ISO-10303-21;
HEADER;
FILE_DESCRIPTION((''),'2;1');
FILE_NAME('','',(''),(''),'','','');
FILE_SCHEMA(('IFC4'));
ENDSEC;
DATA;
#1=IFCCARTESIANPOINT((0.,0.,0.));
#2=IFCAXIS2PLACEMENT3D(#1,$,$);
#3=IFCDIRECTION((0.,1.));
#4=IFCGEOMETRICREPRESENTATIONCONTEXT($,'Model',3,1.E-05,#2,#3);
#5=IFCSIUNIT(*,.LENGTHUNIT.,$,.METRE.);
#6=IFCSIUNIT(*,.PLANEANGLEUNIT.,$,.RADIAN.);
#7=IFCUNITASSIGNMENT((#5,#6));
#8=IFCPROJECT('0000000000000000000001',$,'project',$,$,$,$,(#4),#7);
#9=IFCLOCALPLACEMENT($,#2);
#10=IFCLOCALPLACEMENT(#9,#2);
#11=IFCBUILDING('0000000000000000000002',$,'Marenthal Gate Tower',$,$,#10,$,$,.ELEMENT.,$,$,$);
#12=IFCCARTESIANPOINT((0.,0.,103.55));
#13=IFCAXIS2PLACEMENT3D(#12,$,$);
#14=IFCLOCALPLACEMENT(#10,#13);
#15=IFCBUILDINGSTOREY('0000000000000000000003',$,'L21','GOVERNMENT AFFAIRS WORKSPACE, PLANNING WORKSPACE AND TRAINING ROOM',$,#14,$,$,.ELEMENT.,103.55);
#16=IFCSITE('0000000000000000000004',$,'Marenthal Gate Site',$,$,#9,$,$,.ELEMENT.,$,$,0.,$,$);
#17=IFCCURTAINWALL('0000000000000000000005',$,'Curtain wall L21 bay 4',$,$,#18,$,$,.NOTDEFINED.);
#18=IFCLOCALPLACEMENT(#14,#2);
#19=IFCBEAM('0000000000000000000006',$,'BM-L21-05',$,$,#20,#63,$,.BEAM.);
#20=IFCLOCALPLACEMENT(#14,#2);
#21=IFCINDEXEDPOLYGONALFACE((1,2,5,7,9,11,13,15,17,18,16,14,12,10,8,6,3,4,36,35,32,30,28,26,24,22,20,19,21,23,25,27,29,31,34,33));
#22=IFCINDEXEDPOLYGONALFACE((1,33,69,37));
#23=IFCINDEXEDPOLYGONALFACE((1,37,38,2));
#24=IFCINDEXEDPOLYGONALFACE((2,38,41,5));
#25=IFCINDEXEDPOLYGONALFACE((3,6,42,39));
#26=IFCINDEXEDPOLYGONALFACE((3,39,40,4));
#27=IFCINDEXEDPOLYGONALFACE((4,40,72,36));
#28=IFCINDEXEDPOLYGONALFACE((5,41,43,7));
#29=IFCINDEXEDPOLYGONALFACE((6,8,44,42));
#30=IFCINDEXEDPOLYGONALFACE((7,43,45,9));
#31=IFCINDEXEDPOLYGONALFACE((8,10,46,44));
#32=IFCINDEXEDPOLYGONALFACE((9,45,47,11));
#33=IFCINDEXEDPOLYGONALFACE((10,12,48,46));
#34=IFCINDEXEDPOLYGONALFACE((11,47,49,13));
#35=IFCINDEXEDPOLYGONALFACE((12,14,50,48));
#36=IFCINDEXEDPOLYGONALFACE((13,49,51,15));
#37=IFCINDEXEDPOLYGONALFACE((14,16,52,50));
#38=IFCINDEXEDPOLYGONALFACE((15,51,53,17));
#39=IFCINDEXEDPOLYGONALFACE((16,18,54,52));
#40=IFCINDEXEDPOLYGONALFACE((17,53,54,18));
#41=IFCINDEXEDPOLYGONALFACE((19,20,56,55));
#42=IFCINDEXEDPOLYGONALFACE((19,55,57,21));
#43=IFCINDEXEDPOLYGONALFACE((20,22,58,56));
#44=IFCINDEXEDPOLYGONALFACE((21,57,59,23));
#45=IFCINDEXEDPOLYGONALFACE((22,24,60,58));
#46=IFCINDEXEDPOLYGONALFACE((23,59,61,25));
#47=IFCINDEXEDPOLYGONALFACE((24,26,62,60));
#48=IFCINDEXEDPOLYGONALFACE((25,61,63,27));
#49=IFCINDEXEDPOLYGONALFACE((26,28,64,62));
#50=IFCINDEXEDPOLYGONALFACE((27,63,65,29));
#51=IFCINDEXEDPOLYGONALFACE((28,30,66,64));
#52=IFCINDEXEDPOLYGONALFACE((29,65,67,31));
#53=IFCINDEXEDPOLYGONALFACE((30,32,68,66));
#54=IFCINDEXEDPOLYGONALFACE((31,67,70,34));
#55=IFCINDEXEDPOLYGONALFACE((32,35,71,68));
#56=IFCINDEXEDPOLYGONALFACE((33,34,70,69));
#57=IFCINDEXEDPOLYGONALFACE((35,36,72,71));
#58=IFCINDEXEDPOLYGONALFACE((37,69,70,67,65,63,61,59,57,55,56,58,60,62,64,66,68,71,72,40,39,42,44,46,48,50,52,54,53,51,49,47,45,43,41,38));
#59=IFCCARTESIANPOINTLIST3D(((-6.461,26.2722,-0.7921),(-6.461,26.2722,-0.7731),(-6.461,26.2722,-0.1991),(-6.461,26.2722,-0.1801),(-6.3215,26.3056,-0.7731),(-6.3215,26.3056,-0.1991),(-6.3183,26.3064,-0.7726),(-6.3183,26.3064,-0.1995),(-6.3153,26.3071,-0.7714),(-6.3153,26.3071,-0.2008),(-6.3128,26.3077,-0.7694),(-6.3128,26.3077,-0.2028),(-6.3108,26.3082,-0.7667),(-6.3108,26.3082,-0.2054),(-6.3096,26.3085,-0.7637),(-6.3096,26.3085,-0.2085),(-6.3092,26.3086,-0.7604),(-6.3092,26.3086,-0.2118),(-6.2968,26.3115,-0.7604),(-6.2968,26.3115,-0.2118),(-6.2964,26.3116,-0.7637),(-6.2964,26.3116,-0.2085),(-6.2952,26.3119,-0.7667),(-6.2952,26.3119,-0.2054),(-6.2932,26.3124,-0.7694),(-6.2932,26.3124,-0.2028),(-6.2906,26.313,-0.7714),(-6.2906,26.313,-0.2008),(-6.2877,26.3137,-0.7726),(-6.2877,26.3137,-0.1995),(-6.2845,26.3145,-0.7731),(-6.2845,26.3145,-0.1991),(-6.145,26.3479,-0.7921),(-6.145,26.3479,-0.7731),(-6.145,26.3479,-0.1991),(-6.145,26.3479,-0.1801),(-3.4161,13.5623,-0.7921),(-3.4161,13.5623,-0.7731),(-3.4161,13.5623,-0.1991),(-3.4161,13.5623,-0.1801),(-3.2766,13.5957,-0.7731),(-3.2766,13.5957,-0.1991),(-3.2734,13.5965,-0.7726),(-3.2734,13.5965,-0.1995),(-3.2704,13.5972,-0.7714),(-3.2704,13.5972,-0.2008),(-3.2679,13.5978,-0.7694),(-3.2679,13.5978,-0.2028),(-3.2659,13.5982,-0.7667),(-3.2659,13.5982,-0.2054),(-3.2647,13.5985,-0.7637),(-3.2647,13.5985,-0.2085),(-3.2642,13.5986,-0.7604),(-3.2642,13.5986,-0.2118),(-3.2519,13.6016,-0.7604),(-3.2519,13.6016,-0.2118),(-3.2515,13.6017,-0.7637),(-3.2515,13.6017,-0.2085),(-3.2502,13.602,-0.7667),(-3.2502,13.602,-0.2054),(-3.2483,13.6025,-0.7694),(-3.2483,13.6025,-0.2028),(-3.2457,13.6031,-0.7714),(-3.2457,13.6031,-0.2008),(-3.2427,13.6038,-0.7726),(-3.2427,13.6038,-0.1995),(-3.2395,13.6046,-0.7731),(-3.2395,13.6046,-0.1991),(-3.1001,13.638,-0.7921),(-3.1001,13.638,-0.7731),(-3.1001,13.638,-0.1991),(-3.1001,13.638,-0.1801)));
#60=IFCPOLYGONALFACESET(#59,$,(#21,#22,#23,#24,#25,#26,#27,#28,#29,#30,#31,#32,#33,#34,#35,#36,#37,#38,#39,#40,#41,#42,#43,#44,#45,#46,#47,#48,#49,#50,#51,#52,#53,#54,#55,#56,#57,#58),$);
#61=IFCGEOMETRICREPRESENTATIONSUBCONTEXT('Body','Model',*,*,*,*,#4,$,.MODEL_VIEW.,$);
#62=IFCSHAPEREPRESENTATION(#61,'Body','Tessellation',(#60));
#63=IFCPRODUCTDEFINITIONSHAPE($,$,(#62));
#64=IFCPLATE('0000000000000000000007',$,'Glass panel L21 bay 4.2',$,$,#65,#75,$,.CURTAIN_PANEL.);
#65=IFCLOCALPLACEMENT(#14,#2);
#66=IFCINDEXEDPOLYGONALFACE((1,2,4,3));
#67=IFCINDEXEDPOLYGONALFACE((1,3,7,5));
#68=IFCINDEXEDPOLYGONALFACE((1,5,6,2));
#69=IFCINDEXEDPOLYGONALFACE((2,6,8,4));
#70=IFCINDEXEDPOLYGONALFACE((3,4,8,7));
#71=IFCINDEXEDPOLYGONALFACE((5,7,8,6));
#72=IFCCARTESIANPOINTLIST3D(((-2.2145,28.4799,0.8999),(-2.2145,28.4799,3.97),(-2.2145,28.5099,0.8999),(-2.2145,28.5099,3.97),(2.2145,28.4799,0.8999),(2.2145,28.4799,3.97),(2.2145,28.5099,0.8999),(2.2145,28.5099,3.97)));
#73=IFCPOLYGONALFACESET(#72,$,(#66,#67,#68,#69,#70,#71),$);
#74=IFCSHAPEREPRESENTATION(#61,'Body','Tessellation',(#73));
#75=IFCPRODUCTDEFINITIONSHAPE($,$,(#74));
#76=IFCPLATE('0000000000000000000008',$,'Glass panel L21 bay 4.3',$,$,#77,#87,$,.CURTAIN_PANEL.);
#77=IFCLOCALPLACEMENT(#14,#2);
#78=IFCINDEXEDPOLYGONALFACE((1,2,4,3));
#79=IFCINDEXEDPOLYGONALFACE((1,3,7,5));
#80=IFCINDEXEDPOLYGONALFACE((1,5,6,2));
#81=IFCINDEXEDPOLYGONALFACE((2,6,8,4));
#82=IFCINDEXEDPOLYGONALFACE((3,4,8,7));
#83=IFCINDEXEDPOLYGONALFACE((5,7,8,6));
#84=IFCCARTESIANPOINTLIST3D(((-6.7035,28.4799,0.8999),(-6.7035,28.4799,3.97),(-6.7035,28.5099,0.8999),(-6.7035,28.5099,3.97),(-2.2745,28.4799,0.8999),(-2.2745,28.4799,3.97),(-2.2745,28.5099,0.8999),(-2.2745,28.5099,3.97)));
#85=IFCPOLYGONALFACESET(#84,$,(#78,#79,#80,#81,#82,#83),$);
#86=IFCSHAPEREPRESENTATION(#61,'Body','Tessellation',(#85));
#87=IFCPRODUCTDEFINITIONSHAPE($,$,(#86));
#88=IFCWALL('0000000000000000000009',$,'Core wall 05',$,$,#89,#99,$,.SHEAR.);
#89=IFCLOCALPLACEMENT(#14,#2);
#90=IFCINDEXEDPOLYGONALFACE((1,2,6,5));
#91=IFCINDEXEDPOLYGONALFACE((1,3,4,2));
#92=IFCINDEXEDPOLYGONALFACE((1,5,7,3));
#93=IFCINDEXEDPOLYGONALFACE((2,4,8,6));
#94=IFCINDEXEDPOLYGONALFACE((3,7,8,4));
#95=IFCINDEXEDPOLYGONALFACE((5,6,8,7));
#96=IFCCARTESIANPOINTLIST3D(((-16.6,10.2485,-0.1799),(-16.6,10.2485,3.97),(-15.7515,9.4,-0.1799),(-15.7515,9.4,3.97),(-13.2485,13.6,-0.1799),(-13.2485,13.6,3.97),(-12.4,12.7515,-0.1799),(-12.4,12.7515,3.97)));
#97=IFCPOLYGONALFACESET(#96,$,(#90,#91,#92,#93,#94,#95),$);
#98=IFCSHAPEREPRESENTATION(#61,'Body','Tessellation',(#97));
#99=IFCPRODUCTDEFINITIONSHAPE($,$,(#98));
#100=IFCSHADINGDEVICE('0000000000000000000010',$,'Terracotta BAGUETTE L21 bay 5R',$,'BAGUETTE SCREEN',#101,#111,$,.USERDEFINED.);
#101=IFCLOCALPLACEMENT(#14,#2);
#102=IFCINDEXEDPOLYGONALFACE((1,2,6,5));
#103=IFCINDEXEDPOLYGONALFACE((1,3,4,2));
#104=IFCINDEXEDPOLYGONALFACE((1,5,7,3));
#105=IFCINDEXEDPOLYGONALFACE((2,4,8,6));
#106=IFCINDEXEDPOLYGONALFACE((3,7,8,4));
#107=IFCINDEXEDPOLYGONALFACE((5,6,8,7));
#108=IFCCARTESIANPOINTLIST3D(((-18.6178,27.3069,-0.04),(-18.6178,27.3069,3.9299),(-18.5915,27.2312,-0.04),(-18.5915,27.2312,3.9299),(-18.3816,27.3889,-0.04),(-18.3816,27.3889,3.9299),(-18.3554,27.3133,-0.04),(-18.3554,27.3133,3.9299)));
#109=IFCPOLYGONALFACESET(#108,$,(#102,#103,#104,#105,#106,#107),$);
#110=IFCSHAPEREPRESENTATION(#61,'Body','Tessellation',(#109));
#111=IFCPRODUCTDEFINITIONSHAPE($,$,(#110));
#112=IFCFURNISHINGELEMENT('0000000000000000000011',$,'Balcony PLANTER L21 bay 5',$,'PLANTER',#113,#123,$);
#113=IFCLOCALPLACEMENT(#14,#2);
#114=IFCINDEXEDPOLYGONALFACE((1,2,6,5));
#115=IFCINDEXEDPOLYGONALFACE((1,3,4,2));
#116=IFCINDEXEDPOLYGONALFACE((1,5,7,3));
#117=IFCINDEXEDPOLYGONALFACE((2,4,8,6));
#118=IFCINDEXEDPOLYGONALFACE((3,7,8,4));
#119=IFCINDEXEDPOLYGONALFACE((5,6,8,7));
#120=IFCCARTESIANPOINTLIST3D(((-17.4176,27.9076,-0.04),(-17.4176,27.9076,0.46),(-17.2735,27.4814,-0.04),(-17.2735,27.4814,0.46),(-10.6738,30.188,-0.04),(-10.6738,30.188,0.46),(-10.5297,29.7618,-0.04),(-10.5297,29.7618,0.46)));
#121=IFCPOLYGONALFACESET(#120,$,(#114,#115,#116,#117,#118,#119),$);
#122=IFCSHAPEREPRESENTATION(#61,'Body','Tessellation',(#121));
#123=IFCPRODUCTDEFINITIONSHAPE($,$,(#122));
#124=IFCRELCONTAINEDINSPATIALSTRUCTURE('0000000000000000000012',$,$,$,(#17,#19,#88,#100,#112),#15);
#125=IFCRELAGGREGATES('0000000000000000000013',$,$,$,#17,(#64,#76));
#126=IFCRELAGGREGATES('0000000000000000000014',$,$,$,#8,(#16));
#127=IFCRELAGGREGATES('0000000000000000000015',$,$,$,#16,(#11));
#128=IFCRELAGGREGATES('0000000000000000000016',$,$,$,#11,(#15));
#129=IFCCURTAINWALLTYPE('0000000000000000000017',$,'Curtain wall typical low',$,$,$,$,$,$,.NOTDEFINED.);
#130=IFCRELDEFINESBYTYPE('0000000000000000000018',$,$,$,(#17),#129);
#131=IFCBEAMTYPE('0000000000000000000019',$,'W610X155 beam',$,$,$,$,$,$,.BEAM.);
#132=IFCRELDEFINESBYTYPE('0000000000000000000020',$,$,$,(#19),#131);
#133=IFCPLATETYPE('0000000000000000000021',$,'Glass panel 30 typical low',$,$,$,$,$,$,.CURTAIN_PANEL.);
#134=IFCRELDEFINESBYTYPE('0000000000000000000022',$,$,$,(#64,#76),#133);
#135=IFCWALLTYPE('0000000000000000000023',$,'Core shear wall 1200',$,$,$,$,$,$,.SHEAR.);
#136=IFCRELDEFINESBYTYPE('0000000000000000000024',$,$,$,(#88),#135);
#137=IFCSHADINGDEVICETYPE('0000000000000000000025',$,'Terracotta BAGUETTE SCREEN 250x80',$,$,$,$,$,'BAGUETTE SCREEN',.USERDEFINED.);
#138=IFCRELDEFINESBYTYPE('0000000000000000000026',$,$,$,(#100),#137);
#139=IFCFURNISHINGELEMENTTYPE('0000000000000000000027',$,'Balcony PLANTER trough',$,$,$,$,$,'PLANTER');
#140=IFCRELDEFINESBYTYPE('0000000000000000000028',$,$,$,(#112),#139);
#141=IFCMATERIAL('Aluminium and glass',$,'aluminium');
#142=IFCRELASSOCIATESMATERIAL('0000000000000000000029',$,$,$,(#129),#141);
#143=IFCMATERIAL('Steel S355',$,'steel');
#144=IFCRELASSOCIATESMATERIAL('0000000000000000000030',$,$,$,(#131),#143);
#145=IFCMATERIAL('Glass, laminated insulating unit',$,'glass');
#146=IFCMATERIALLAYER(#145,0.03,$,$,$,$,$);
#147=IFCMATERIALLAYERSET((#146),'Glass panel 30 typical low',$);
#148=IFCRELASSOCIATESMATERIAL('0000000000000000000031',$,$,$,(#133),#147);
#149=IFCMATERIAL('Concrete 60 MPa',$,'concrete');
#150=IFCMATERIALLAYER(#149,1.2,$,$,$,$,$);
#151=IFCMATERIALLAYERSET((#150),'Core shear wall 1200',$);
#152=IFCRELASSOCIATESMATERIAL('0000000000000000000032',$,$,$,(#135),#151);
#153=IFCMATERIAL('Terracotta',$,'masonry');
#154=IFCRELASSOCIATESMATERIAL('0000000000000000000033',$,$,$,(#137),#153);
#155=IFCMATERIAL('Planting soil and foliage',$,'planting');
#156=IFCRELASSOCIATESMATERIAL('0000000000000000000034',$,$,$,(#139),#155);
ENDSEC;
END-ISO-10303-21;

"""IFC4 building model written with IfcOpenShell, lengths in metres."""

from ifc_helpers import new_model, si_unit, direction, frame, frame_2d, origin, origin_2d, place, context, subcontext, project, spatial, rectangle, i_section, extrude, material, layer, layer_set, material_profile, profile_set, type_object, element, aggregate, save


model = new_model("IFC4")

# Units and contexts
model_context = context("Model", 3, precision=1e-05, world=origin(), true_north=direction((0.0, 1.0)))
body_context = subcontext(model_context, "Body", "Model", "MODEL_VIEW")
ifc_project = project(units=[si_unit("LENGTHUNIT", "METRE"), si_unit("PLANEANGLEUNIT", "RADIAN")], contexts=[model_context])

# Site, building, storey
site_placement = place(None, origin())
site = spatial("IfcSite", under=ifc_project, at=site_placement, Name="Marenthal Gate Site", CompositionType="ELEMENT", RefElevation=0.0)
building_placement = place(site_placement, origin())
building = spatial("IfcBuilding", under=site, at=building_placement, Name="Marenthal Gate Tower", CompositionType="ELEMENT")
storey_placement = place(building_placement, frame((0.0, 0.0, 103.55)))
storey = spatial("IfcBuildingStorey", under=building, at=storey_placement, Name="L21", Description="GOVERNMENT AFFAIRS WORKSPACE, PLANNING WORKSPACE AND TRAINING ROOM", CompositionType="ELEMENT", Elevation=103.55)

# Curtain wall
ifc_material_1 = material(Name="Aluminium and glass", Category="aluminium")
curtain_wall_type = type_object("IfcCurtainWallType", Name="Curtain wall typical low", PredefinedType="NOTDEFINED", material=ifc_material_1)
curtain_wall_placement = place(storey_placement, origin())
curtain_wall = element("IfcCurtainWall", 1, at=curtain_wall_placement, inside=storey, type_object=curtain_wall_type, Name="Curtain wall L21 bay 4", PredefinedType="NOTDEFINED")

# Beam
ifc_material_2 = material(Name="Steel S355", Category="steel")
ifc_material_profile_1 = material_profile(ifc_material_2, i_section(OverallWidth=0.325, OverallDepth=0.6121, WebThickness=0.0127, FlangeThickness=0.019, FilletRadius=0.0127, at=origin_2d()), Name="W610X155")
ifc_profile_set_1 = profile_set([ifc_material_profile_1], Name="Steel S355")
beam_type_1 = type_object("IfcBeamType", Name="W610X155 beam", PredefinedType="BEAM", material=ifc_profile_set_1)
beam_1_placement = place(storey_placement, frame((-6.303, 26.3101, -0.4861), z_axis=(0.232977, -0.972482, 0.0), x_axis=(0.972482, 0.232977, 0.0)))
element("IfcBeam", 2, at=beam_1_placement, inside=storey, type_object=beam_type_1, Name="BM-L21-05", PredefinedType="BEAM", context=body_context, shape_type="SweptSolid", body=[
    extrude(i_section(OverallWidth=0.325, OverallDepth=0.6121, WebThickness=0.0127, FlangeThickness=0.019, FilletRadius=0.0127, at=origin_2d()), origin(), (0.0, 0.0, 1.0), 13.0696),
])

# Plates
ifc_material_3 = material(Name="Glass, laminated insulating unit", Category="glass")
ifc_layer_1 = layer(ifc_material_3, 0.03)
ifc_layer_set_1 = layer_set([ifc_layer_1], Name="Glass panel 30 typical low")
plate_type = type_object("IfcPlateType", Name="Glass panel 30 typical low", PredefinedType="CURTAIN_PANEL", material=ifc_layer_set_1)
plate_1_placement = place(storey_placement, frame((0.0, 28.4949, 0.8999), z_axis=(0.0, 0.0, 1.0), x_axis=(-1.0, 0.0, 0.0)))
plate_1 = element("IfcPlate", 3, at=plate_1_placement, type_object=plate_type, Name="Glass panel L21 bay 4.2", PredefinedType="CURTAIN_PANEL", context=body_context, shape_type="SweptSolid", body=[
    extrude(rectangle(XDim=4.429, YDim=0.03, at=origin_2d()), origin(), (0.0, 0.0, 1.0), 3.0701),
])
plate_2_placement = place(storey_placement, frame((-4.489, 28.4949, 0.8999), z_axis=(0.0, 0.0, 1.0), x_axis=(-1.0, 0.0, 0.0)))
plate_2 = element("IfcPlate", 4, at=plate_2_placement, type_object=plate_type, Name="Glass panel L21 bay 4.3", PredefinedType="CURTAIN_PANEL", context=body_context, shape_type="SweptSolid", body=[
    extrude(rectangle(XDim=4.429, YDim=0.03, at=origin_2d()), origin(), (0.0, 0.0, 1.0), 3.0701),
])
aggregate(curtain_wall, [plate_1, plate_2])

# Wall
ifc_material_4 = material(Name="Concrete 60 MPa", Category="concrete")
ifc_layer_2 = layer(ifc_material_4, 1.2)
ifc_layer_set_2 = layer_set([ifc_layer_2], Name="Core shear wall 1200")
wall_type_1 = type_object("IfcWallType", Name="Core shear wall 1200", PredefinedType="SHEAR", material=ifc_layer_set_2)
wall_1_placement = place(storey_placement, frame((-12.8242, 13.1758, -0.1799), z_axis=(0.0, 0.0, 1.0), x_axis=(-0.707107, -0.707107, 0.0)))
element("IfcWall", 5, at=wall_1_placement, inside=storey, type_object=wall_type_1, Name="Core wall 05", PredefinedType="SHEAR", context=body_context, shape_type="SweptSolid", body=[
    extrude(rectangle(XDim=4.7397, YDim=1.2, at=frame_2d((2.3699, 0.0))), origin(), (0.0, 0.0, 1.0), 4.1499),
])

# Shading device
ifc_material_5 = material(Name="Terracotta", Category="masonry")
ifc_material_profile_2 = material_profile(ifc_material_5, rectangle(XDim=0.25, YDim=0.0801, at=origin_2d()), Name="Terracotta baguette 250x80")
ifc_profile_set_2 = profile_set([ifc_material_profile_2], Name="Terracotta")
shading_device_type = type_object("IfcShadingDeviceType", Name="Terracotta BAGUETTE SCREEN 250x80", ElementType="BAGUETTE SCREEN", PredefinedType="USERDEFINED", material=ifc_profile_set_2)
shading_device_placement = place(storey_placement, frame((-18.4866, 27.3101, -0.04), z_axis=(0.0, 0.0, 1.0), x_axis=(-0.944614, -0.328183, 0.0)))
element("IfcShadingDevice", 6, at=shading_device_placement, inside=storey, type_object=shading_device_type, Name="Terracotta BAGUETTE L21 bay 5R", ObjectType="BAGUETTE SCREEN", PredefinedType="USERDEFINED", context=body_context, shape_type="SweptSolid", body=[
    extrude(rectangle(XDim=0.25, YDim=0.0801, at=origin_2d()), origin(), (0.0, 0.0, 1.0), 3.97),
])

# Furnishing element
ifc_material_6 = material(Name="Planting soil and foliage", Category="planting")
furnishing_element_type = type_object("IfcFurnishingElementType", Name="Balcony PLANTER trough", ElementType="PLANTER", material=ifc_material_6)
furnishing_placement = place(storey_placement, frame((-13.9736, 28.8347, -0.04), z_axis=(0.0, 0.0, 1.0), x_axis=(-0.947307, -0.320328, 0.0)))
element("IfcFurnishingElement", 7, at=furnishing_placement, inside=storey, type_object=furnishing_element_type, Name="Balcony PLANTER L21 bay 5", ObjectType="PLANTER", context=body_context, shape_type="SweptSolid", body=[
    extrude(rectangle(XDim=7.1189, YDim=0.45, at=origin_2d()), origin(), (0.0, 0.0, 1.0), 0.5),
])

save(model, "model.ifc")
